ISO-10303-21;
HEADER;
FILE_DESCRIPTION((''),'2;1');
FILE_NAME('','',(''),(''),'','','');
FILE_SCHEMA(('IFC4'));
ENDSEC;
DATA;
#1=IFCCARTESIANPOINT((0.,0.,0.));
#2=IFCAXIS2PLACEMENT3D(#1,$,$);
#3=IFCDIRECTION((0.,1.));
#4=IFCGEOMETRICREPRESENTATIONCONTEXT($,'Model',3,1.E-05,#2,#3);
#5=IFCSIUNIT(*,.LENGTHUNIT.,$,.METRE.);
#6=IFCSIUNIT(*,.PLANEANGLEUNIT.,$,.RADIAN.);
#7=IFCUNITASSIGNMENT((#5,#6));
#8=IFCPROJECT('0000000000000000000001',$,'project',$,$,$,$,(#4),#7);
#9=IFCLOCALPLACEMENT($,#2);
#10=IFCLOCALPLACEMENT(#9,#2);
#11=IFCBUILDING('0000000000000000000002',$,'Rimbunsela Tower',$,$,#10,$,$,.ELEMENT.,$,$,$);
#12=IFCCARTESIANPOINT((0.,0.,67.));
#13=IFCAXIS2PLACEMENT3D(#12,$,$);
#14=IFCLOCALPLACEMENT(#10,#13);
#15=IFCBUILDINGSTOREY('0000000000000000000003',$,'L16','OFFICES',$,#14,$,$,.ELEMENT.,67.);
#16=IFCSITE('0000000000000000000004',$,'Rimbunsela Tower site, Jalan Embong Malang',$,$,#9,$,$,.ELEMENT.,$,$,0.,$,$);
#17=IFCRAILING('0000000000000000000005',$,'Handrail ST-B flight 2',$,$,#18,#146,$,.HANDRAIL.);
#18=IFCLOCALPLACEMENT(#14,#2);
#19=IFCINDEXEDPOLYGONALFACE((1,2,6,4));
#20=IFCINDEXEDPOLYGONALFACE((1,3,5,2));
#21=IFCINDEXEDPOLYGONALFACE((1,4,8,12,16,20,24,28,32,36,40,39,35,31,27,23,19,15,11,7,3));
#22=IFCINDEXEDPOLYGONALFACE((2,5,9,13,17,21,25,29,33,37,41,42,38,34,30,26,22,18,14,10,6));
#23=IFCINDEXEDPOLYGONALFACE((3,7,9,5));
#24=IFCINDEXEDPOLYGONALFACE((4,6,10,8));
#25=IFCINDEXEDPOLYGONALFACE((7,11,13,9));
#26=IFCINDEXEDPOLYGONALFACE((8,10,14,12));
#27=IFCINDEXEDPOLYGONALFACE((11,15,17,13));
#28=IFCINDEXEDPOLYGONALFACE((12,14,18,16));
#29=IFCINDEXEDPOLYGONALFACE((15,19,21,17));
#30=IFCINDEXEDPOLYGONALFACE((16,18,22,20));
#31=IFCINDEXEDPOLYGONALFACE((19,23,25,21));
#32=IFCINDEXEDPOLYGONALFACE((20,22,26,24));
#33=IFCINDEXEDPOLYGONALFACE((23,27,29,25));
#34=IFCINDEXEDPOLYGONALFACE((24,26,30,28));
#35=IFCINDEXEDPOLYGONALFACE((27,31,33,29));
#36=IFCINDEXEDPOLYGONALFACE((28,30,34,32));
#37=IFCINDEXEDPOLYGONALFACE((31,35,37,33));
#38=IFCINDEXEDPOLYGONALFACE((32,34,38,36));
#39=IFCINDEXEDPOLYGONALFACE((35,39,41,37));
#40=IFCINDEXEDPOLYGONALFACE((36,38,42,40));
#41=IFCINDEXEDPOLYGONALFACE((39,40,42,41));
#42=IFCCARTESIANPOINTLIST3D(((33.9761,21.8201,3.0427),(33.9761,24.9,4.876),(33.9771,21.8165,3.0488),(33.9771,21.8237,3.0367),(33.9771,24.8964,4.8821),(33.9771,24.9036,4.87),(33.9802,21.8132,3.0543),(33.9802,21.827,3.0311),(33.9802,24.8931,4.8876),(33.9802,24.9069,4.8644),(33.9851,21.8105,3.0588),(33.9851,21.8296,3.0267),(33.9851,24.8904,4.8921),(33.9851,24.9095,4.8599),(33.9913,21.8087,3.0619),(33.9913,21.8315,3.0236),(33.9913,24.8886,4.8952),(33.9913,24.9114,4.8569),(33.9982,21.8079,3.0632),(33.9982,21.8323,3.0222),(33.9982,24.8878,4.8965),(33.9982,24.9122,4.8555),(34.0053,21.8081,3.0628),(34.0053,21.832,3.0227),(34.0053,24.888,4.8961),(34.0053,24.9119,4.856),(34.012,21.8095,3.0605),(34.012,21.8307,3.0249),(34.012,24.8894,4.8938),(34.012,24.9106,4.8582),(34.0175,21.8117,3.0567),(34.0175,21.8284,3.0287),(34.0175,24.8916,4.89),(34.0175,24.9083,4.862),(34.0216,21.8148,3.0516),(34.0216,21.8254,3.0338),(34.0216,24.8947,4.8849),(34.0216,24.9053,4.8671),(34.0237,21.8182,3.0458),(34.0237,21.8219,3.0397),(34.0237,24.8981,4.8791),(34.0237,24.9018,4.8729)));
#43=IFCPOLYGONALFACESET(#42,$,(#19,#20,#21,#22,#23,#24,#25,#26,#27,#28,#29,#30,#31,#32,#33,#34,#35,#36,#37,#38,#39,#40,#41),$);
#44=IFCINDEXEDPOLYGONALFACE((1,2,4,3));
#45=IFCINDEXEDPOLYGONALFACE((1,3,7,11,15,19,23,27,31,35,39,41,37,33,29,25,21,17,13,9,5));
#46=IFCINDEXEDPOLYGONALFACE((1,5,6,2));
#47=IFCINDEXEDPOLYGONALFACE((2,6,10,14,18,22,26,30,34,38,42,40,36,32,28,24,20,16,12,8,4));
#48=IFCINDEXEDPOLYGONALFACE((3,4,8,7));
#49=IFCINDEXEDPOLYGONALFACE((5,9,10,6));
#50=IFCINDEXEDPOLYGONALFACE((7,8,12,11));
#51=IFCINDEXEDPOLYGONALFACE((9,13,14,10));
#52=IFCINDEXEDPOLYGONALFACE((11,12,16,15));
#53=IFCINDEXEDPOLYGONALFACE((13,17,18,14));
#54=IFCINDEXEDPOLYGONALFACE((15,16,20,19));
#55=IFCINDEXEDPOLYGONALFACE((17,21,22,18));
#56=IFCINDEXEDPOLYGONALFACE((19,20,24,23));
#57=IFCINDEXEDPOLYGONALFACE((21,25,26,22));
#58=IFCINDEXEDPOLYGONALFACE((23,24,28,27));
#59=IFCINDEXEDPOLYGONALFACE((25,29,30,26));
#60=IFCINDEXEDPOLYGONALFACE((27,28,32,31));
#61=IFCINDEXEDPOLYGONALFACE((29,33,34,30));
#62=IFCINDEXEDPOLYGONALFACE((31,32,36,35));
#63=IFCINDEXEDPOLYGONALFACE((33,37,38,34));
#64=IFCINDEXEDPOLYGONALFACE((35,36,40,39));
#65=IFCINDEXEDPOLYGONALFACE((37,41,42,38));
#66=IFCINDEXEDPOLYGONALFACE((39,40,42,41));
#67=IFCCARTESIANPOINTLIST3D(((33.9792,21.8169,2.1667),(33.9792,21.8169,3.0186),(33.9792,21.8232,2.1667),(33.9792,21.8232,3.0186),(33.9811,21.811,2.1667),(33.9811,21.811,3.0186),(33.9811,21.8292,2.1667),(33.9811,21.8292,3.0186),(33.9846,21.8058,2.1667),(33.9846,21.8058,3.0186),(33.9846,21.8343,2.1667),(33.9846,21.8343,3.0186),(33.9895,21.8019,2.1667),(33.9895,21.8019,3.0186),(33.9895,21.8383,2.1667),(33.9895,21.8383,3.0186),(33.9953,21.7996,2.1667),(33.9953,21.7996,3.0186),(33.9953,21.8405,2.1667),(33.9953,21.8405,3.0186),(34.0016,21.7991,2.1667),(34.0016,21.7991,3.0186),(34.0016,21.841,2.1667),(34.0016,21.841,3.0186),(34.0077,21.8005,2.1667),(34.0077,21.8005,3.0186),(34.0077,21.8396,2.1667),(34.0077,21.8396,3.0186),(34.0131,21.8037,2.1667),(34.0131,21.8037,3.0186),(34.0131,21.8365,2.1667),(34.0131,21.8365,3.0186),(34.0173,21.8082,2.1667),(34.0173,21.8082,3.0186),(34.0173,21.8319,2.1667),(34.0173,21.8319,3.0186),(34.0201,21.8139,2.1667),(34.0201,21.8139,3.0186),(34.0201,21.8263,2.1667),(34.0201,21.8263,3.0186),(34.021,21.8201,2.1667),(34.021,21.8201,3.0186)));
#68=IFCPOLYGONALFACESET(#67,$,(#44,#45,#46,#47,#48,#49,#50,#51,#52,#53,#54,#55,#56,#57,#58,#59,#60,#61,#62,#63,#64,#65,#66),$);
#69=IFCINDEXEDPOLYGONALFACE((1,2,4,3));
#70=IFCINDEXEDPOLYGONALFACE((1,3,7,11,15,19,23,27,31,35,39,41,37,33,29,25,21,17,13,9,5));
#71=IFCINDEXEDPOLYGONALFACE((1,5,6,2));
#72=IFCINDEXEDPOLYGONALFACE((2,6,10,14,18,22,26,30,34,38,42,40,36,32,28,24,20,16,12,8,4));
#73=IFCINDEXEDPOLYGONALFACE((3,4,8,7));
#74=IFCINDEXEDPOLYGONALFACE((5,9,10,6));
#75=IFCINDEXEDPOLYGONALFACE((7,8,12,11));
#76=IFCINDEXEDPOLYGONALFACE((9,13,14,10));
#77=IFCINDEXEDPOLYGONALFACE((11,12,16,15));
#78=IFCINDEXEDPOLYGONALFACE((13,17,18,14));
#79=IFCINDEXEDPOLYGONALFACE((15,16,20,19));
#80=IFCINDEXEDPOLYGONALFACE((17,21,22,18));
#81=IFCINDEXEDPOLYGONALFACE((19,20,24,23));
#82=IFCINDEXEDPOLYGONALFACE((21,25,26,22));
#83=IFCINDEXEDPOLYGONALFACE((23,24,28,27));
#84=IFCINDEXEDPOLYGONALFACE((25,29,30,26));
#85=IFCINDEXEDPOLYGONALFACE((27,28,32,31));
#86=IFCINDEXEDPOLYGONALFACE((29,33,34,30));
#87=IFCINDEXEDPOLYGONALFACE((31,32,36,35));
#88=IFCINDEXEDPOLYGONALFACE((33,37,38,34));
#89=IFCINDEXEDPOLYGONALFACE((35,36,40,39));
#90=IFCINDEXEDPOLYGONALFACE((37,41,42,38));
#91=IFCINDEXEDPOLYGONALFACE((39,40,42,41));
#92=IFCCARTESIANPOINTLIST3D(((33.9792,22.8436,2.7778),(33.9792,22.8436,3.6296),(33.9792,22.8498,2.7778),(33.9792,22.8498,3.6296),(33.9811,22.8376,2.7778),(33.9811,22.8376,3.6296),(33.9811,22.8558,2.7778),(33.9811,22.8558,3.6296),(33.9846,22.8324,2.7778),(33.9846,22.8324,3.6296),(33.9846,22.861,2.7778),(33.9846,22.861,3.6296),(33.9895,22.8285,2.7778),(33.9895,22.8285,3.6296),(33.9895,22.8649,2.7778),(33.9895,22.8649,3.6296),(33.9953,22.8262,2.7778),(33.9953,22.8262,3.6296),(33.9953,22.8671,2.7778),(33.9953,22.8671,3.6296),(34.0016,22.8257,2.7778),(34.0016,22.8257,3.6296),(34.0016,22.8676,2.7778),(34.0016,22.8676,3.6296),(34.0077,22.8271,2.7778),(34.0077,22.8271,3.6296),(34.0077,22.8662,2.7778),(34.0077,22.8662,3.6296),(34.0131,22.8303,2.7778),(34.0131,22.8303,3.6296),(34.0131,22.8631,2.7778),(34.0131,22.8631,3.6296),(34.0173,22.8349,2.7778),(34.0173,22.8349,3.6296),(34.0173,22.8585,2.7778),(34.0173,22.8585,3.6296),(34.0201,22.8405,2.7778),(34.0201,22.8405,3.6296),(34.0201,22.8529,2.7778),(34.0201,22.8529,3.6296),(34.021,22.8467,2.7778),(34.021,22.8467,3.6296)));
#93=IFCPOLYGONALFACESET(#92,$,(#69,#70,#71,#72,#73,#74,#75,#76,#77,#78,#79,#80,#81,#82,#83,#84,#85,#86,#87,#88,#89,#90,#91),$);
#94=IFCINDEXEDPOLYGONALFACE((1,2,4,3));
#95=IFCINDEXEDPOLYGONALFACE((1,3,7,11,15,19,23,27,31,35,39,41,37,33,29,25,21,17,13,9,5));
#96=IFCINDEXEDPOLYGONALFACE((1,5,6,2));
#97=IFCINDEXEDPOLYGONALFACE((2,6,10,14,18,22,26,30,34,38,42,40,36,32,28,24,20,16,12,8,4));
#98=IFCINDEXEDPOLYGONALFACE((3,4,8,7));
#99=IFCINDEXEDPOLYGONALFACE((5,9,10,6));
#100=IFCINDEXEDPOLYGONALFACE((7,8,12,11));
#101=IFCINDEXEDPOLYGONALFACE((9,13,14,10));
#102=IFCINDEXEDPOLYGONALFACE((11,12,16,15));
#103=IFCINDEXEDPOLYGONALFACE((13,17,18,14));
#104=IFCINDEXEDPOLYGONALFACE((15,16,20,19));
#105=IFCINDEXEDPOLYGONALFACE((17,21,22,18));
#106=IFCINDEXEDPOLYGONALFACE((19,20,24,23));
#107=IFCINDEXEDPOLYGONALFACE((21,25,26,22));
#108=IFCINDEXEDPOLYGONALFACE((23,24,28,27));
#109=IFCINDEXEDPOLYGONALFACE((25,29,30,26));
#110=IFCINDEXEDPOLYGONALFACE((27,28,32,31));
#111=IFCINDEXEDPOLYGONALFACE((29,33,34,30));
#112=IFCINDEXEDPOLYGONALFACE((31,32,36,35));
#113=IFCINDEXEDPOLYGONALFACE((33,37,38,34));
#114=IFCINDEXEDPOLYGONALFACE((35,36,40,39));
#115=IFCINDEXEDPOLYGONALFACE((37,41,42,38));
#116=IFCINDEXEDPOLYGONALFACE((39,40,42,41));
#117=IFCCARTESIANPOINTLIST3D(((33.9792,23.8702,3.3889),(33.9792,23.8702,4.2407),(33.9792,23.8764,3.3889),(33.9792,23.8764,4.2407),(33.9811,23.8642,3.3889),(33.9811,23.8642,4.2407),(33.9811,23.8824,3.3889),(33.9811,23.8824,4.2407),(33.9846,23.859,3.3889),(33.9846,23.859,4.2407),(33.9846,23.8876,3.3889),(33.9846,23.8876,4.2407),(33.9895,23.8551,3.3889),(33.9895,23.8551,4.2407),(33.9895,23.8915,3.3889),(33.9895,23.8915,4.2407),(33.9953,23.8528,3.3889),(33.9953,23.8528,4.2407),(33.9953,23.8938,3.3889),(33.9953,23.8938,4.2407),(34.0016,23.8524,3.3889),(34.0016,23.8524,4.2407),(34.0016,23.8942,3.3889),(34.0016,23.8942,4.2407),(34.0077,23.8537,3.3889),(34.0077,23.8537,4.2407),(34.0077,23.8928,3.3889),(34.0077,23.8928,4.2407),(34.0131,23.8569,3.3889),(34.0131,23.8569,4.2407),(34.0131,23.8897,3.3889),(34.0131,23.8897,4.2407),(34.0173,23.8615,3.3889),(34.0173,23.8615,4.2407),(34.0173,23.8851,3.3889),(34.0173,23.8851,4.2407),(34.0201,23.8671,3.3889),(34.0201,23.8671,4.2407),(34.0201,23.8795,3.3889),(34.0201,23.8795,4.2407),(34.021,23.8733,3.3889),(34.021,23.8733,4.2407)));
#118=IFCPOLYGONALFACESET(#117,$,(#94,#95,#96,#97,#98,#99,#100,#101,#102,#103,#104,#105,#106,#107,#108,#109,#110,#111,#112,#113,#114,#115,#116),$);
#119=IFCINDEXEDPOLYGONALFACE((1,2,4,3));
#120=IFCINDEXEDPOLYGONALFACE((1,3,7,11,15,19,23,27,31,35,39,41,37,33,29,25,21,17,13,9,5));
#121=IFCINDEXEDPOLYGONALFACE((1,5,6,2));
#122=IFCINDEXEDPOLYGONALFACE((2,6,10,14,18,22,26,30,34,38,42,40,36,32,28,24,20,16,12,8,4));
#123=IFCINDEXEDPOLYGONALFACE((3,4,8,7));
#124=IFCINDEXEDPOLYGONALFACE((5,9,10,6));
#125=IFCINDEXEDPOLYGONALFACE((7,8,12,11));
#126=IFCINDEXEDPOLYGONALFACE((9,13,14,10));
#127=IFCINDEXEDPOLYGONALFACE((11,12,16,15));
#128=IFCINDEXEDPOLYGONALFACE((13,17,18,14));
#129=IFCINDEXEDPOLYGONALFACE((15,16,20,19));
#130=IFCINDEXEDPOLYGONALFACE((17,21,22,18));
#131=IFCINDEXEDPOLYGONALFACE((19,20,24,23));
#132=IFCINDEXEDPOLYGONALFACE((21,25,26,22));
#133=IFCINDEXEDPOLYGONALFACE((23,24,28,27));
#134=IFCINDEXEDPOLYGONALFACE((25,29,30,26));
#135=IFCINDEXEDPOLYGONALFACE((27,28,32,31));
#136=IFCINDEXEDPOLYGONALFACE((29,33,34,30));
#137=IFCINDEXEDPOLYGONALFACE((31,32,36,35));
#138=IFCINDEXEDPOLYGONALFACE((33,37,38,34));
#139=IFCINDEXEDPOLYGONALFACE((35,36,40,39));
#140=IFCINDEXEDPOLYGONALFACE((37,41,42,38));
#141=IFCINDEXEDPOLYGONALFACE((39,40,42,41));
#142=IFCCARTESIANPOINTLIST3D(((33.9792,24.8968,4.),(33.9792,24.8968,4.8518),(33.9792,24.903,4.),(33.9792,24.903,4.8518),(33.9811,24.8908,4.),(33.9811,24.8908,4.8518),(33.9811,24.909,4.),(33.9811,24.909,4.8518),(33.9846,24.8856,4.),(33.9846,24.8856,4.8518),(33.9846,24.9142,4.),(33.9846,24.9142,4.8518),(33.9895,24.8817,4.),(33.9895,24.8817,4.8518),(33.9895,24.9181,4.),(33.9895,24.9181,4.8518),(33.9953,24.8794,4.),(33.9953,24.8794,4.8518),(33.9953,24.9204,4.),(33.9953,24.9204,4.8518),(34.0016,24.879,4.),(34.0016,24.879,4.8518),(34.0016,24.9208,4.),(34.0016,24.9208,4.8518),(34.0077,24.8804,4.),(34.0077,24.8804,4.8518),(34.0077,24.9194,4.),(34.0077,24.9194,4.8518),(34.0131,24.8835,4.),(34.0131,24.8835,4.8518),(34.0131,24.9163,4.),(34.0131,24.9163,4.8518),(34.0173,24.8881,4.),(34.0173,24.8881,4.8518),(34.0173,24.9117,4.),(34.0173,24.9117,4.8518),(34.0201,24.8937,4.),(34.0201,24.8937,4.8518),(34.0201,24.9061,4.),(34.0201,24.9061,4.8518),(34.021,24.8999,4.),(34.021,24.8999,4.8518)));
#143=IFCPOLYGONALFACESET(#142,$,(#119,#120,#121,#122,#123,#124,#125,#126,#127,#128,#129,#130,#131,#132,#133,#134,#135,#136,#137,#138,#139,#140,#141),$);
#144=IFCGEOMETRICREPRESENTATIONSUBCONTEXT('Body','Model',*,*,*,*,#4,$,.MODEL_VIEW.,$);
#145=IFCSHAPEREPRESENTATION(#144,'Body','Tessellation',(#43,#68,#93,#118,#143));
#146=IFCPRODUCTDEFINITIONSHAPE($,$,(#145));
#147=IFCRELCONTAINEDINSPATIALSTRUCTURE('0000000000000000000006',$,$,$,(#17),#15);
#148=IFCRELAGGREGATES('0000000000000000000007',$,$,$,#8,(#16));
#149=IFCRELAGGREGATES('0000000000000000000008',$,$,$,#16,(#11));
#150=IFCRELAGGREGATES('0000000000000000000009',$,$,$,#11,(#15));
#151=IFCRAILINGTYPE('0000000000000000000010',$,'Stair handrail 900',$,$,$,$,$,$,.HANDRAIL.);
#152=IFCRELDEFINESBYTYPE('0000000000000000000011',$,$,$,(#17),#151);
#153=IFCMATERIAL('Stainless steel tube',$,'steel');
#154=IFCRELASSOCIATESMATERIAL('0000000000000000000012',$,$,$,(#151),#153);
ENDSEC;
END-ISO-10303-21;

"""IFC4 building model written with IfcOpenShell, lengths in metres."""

from ifc_helpers import new_model, si_unit, direction, frame, origin, origin_2d, place, context, subcontext, project, spatial, circle, extrude, material, type_object, element, save


model = new_model("IFC4")

# Units and contexts
model_context = context("Model", 3, precision=1e-05, world=origin(), true_north=direction((0.0, 1.0)))
body_context = subcontext(model_context, "Body", "Model", "MODEL_VIEW")
ifc_project = project(units=[si_unit("LENGTHUNIT", "METRE"), si_unit("PLANEANGLEUNIT", "RADIAN")], contexts=[model_context])

# Site, building, storey
site_placement = place(None, origin())
site = spatial("IfcSite", under=ifc_project, at=site_placement, Name="Rimbunsela Tower site, Jalan Embong Malang", CompositionType="ELEMENT", RefElevation=0.0)
building_placement = place(site_placement, origin())
building = spatial("IfcBuilding", under=site, at=building_placement, Name="Rimbunsela Tower", CompositionType="ELEMENT")
storey_placement = place(building_placement, frame((0.0, 0.0, 67.0)))
storey = spatial("IfcBuildingStorey", under=building, at=storey_placement, Name="L16", Description="OFFICES", CompositionType="ELEMENT", Elevation=67.0)

# Railing
ifc_material_1 = material(Name="Stainless steel tube", Category="steel")
railing_type = type_object("IfcRailingType", Name="Stair handrail 900", PredefinedType="HANDRAIL", material=ifc_material_1)
for number, where, name in (
    (1, (34.0, 21.8201, 2.1667), "Handrail ST-B flight 2"),
):
    element("IfcRailing", number, at=place(storey_placement, frame(where)), inside=storey, type_object=railing_type, Name=name, PredefinedType="HANDRAIL", context=body_context, shape_type="SweptSolid", body=[
        extrude(circle(Radius=0.0239, at=origin_2d()), frame((0.0, 0.0, 0.876), z_axis=(0.0, 0.859291, 0.511487), x_axis=(-1.0, 0.0, 0.0)), (0.0, 0.0, 1.0), 3.5842),
        extrude(circle(Radius=0.021, at=origin_2d()), origin(), (0.0, 0.0, 1.0), 0.8518),
        extrude(circle(Radius=0.021, at=origin_2d()), frame((0.0, 1.0266, 0.6111)), (0.0, 0.0, 1.0), 0.8518),
        extrude(circle(Radius=0.021, at=origin_2d()), frame((0.0, 2.0532, 1.2222)), (0.0, 0.0, 1.0), 0.8518),
        extrude(circle(Radius=0.021, at=origin_2d()), frame((0.0, 3.0798, 1.8333)), (0.0, 0.0, 1.0), 0.8518),
    ])

save(model, "model.ifc")
